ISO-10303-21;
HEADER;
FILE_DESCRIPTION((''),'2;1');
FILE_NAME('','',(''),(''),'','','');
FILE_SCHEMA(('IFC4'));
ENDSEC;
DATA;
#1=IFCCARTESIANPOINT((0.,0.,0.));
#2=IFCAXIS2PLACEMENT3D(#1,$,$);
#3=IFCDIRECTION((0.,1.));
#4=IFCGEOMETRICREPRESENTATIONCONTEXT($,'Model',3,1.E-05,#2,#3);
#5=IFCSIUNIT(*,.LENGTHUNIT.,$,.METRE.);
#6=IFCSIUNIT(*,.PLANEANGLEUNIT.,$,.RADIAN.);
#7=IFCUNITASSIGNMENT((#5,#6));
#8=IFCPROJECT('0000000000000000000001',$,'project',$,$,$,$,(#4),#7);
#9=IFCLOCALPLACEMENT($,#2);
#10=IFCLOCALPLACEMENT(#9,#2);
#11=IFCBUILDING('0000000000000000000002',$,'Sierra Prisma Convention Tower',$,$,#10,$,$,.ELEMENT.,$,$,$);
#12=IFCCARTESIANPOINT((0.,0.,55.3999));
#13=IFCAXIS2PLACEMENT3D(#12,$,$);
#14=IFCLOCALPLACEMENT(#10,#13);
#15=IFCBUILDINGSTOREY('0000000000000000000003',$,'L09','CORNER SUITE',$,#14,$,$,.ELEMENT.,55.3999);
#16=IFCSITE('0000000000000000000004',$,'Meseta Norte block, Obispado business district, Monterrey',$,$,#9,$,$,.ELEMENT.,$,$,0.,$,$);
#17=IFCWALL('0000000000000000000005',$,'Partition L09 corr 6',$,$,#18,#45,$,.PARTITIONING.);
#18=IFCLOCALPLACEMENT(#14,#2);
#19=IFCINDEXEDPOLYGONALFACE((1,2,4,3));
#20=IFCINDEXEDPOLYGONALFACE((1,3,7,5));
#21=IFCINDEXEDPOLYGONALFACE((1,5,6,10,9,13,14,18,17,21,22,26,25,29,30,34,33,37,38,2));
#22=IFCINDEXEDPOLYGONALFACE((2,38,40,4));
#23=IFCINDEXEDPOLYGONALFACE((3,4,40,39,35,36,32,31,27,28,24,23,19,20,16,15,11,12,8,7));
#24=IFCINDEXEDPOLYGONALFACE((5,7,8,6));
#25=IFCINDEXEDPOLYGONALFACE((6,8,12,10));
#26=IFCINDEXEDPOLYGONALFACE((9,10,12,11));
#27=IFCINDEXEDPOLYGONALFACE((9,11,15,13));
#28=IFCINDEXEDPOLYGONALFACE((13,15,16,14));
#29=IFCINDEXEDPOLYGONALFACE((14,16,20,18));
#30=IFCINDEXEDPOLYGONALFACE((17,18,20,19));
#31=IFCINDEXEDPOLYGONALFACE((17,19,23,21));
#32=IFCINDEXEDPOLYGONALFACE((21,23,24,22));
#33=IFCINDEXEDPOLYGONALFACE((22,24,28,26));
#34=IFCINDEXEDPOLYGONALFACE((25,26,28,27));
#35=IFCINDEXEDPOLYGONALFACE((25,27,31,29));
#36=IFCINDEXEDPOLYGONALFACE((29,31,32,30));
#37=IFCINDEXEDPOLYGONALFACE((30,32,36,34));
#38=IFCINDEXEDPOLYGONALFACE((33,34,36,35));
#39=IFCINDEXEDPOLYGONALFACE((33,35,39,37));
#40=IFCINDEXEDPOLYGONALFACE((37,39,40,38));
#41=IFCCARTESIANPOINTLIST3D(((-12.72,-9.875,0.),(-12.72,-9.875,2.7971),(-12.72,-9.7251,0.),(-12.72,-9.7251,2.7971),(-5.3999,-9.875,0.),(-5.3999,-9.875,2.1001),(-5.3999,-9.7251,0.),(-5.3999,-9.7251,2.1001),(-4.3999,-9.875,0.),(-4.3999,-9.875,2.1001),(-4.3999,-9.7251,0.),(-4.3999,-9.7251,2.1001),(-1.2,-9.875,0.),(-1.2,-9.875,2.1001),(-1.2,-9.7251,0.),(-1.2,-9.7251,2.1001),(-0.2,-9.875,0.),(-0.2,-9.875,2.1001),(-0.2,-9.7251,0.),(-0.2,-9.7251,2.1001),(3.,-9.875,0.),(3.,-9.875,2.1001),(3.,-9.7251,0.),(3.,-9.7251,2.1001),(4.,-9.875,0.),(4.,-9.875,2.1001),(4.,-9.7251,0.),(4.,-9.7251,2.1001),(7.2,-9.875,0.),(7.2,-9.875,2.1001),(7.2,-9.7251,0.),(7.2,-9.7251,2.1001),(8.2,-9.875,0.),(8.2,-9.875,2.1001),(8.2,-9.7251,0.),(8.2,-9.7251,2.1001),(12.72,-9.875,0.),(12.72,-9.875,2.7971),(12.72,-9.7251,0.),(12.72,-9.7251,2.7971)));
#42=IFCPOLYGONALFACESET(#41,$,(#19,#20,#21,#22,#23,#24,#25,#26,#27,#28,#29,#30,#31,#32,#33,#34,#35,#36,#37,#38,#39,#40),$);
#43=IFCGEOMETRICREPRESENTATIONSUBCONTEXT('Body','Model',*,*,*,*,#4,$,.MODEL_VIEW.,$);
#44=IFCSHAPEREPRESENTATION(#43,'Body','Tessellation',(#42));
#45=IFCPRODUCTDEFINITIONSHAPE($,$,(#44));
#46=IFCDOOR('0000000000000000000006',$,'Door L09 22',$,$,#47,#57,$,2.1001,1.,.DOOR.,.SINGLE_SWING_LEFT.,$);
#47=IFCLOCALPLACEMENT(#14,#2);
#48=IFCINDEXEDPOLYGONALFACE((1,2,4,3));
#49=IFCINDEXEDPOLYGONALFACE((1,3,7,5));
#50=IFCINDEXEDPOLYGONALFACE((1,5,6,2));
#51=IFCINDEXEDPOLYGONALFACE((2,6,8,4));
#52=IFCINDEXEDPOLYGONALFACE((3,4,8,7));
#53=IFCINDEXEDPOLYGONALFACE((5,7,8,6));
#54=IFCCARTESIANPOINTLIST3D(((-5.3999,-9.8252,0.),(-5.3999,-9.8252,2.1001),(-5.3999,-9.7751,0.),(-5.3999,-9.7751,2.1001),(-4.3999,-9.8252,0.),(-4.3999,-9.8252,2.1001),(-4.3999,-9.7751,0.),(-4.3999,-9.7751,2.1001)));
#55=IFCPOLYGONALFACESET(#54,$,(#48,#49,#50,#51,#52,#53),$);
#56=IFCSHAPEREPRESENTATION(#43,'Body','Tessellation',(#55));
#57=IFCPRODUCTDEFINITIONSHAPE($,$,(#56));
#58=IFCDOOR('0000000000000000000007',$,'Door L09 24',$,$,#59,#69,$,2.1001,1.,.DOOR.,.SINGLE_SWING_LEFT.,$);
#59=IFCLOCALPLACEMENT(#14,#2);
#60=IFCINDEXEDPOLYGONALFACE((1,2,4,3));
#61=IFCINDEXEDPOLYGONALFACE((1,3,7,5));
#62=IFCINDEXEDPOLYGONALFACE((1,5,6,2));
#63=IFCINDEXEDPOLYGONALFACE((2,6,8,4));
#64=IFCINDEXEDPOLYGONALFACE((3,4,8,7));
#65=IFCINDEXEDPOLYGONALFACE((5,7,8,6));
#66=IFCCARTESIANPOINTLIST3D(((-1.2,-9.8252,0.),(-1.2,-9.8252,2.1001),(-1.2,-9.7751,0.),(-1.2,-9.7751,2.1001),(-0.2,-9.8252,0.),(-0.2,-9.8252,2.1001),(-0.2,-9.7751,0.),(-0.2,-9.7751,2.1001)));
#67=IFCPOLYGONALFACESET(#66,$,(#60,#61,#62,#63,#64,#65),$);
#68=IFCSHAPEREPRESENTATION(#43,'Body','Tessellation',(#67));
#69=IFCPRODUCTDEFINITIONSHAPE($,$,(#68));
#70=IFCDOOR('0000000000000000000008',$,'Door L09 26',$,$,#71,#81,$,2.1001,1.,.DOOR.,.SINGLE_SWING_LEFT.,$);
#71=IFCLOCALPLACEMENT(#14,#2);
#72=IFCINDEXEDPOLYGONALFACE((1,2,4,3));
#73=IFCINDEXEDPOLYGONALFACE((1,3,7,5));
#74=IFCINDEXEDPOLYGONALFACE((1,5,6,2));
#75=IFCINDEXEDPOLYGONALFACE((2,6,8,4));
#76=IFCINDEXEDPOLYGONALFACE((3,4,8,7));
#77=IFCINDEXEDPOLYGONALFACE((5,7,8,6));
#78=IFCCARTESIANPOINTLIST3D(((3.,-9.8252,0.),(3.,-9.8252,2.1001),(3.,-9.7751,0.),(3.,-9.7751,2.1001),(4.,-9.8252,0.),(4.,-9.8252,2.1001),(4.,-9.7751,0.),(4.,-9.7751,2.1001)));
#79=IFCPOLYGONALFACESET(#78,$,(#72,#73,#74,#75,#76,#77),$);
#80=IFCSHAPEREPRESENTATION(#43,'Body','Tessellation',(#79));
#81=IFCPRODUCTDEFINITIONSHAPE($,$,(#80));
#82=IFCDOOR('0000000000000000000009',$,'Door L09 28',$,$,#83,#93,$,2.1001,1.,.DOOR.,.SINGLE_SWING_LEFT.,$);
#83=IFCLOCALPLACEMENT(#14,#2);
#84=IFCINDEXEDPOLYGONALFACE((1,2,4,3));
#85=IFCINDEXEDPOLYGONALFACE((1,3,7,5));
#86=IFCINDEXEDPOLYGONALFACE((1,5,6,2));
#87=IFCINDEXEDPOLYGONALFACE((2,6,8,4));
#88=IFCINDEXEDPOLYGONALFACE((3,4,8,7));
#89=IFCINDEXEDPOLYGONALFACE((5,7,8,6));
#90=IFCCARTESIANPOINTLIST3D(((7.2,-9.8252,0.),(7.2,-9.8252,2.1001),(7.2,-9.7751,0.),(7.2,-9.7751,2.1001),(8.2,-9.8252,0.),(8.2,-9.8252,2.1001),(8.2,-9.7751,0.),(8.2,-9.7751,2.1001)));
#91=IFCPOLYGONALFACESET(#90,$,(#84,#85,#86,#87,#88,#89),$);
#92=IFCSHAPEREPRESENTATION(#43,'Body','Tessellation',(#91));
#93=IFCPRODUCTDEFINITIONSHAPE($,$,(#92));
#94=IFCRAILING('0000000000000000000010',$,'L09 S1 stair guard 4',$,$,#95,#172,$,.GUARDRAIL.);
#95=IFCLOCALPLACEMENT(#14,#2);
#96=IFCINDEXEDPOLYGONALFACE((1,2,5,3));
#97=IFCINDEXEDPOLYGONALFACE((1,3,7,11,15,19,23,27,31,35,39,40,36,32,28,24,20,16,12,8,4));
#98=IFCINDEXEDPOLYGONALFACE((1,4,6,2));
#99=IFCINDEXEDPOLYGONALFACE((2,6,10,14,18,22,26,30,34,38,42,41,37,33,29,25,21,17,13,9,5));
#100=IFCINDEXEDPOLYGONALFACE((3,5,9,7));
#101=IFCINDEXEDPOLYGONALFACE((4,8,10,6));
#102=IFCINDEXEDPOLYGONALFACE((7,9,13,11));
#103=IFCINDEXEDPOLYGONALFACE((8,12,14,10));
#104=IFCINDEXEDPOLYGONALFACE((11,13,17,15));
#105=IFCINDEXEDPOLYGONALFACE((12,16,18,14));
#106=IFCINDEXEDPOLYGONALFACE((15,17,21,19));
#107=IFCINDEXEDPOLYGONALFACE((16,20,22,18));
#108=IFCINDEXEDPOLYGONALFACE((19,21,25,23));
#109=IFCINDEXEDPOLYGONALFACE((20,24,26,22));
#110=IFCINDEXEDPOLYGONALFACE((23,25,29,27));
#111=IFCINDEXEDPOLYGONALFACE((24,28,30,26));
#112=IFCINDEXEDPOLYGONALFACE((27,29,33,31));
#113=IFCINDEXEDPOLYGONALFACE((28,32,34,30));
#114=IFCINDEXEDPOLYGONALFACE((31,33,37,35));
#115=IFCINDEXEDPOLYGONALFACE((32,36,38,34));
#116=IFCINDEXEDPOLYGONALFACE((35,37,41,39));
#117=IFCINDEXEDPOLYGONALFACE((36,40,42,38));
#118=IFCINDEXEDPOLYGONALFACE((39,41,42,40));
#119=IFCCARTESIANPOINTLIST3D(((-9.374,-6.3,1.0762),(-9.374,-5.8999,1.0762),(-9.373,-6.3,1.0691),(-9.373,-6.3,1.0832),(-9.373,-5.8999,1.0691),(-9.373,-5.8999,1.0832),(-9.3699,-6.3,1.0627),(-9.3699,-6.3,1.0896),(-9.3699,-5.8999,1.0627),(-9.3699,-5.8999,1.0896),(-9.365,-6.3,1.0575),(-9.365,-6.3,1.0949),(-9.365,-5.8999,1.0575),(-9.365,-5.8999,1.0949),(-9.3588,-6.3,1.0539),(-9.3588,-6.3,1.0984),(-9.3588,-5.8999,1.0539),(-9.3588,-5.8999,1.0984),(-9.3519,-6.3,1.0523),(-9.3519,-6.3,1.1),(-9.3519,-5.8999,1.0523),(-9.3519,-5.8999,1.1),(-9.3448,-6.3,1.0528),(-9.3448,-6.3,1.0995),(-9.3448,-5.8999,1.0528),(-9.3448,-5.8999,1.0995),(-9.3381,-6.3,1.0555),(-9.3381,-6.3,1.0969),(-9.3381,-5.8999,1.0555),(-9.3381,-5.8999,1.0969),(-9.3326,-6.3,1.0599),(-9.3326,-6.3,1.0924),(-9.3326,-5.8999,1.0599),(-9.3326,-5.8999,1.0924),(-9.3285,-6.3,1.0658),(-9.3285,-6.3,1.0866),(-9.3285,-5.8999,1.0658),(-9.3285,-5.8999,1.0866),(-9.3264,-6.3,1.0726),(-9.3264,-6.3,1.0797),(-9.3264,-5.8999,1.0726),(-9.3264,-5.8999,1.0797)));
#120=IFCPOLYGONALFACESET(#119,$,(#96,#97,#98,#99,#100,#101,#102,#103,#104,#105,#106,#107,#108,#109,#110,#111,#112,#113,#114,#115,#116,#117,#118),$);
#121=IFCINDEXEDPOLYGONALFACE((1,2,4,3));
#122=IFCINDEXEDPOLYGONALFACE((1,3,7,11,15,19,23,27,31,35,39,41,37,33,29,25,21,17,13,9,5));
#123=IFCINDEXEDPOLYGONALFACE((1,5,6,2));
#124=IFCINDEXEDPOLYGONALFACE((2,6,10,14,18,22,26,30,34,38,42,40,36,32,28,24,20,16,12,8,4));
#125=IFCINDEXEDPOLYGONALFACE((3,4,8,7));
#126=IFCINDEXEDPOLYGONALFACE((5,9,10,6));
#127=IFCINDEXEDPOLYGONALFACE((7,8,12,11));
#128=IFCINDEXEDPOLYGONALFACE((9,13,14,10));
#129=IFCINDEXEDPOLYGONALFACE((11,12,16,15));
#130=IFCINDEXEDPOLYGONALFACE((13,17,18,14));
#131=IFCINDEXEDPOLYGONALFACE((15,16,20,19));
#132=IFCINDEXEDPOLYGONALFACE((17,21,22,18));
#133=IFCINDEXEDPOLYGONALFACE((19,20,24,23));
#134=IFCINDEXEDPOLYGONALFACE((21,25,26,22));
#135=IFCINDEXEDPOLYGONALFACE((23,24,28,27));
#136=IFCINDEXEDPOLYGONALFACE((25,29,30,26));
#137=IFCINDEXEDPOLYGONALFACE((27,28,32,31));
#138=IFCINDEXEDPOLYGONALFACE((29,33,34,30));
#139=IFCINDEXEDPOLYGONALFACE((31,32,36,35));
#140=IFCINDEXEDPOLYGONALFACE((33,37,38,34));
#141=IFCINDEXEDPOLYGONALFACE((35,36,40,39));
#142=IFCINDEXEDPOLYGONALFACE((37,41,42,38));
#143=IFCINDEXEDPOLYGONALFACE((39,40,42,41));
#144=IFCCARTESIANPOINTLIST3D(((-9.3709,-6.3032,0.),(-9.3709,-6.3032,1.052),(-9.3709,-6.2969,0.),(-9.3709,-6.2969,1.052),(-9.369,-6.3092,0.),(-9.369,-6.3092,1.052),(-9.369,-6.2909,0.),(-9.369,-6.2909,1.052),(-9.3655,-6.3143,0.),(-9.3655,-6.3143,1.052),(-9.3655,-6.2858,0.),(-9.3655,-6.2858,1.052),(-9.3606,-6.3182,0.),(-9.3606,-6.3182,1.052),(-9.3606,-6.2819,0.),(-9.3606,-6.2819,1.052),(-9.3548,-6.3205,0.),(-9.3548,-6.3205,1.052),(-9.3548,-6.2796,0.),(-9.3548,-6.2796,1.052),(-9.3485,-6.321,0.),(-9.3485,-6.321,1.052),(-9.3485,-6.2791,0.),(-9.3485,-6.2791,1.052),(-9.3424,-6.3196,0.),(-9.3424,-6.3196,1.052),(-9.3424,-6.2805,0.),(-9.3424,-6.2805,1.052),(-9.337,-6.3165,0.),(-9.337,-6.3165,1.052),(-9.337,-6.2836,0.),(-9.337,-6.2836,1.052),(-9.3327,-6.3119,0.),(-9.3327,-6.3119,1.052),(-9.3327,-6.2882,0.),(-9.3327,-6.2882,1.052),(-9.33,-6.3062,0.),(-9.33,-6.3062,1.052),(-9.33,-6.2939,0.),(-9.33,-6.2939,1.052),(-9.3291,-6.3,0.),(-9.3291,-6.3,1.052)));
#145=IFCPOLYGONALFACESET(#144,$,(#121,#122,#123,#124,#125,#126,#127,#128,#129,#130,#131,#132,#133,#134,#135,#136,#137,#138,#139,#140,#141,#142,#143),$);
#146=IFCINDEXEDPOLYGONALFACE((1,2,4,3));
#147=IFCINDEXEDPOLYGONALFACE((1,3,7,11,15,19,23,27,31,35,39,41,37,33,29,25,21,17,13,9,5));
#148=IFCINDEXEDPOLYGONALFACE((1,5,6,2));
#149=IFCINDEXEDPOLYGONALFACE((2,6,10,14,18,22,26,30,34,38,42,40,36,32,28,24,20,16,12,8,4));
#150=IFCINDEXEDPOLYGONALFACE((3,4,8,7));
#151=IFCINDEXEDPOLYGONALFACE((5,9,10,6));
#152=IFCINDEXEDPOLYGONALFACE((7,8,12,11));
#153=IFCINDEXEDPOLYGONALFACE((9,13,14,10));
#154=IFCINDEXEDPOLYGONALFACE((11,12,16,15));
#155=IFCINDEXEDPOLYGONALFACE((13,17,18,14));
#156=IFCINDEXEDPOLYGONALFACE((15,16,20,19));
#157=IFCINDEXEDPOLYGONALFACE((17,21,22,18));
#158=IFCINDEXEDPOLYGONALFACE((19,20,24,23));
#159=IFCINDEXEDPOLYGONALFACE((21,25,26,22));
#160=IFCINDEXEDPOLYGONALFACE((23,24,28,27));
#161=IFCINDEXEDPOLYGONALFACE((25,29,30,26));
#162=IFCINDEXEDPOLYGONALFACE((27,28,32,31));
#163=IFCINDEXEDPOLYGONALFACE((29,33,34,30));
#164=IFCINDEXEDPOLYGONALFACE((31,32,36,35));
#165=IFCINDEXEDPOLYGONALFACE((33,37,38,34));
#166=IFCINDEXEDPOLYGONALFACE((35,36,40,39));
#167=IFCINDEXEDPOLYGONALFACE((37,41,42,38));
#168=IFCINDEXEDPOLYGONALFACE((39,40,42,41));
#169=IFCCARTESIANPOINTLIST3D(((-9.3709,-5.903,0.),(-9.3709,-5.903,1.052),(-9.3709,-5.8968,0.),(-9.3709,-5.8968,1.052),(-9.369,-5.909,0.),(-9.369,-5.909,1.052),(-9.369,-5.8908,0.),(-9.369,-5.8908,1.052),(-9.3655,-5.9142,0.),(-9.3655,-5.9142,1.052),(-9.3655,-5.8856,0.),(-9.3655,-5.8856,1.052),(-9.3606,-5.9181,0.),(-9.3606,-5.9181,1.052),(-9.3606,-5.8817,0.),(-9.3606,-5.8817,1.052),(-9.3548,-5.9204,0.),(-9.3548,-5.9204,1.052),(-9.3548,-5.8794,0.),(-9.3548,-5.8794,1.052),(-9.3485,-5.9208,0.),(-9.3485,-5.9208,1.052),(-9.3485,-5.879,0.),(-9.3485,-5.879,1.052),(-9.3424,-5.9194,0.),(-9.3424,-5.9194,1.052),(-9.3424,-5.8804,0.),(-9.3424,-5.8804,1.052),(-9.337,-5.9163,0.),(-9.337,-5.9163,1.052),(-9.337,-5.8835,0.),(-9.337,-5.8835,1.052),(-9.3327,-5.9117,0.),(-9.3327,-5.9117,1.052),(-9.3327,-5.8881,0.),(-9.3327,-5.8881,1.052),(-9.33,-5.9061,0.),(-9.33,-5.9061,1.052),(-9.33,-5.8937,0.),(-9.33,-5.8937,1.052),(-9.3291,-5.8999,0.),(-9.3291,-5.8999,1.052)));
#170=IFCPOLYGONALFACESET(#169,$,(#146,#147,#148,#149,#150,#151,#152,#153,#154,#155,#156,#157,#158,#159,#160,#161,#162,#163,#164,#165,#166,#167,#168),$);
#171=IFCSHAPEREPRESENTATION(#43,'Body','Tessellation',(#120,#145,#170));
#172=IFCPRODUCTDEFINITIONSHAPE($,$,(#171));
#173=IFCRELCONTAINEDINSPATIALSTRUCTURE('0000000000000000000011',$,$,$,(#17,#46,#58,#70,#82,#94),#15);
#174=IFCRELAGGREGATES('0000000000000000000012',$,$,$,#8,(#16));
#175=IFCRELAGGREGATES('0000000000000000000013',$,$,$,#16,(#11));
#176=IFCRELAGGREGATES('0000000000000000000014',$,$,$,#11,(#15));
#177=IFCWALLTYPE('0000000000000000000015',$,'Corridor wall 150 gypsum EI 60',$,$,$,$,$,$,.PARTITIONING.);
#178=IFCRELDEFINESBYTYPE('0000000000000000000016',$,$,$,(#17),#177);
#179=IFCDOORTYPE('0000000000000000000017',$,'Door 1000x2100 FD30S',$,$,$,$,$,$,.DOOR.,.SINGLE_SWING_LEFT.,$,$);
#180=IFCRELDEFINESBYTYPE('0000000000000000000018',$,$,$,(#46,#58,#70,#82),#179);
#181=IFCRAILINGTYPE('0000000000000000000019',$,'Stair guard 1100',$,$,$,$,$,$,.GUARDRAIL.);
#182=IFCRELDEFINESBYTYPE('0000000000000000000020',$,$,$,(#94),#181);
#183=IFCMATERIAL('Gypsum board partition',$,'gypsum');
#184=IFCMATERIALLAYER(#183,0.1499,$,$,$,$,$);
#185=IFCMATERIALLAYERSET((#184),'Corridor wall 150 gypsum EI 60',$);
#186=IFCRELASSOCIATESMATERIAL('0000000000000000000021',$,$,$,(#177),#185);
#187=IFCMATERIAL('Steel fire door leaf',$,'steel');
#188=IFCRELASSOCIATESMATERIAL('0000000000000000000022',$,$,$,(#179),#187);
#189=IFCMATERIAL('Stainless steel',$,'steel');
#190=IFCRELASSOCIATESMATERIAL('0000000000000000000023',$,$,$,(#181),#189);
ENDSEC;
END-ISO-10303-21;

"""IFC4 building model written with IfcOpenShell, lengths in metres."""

from ifc_helpers import new_model, si_unit, direction, frame, frame_2d, origin, origin_2d, place, context, subcontext, project, spatial, rectangle, circle, extrude, material, layer, layer_set, type_object, element, fill, save


model = new_model("IFC4")

# Units and contexts
model_context = context("Model", 3, precision=1e-05, world=origin(), true_north=direction((0.0, 1.0)))
body_context = subcontext(model_context, "Body", "Model", "MODEL_VIEW")
ifc_project = project(units=[si_unit("LENGTHUNIT", "METRE"), si_unit("PLANEANGLEUNIT", "RADIAN")], contexts=[model_context])

# Site, building, storey
site_placement = place(None, origin())
site = spatial("IfcSite", under=ifc_project, at=site_placement, Name="Meseta Norte block, Obispado business district, Monterrey", CompositionType="ELEMENT", RefElevation=0.0)
building_placement = place(site_placement, origin())
building = spatial("IfcBuilding", under=site, at=building_placement, Name="Sierra Prisma Convention Tower", CompositionType="ELEMENT")
storey_placement = place(building_placement, frame((0.0, 0.0, 55.3999)))
storey = spatial("IfcBuildingStorey", under=building, at=storey_placement, Name="L09", Description="CORNER SUITE", CompositionType="ELEMENT", Elevation=55.3999)

# Shared definitions
ifc_material_1 = material(Name="Gypsum board partition", Category="gypsum")
ifc_layer_1 = layer(ifc_material_1, 0.1499)
ifc_layer_set_1 = layer_set([ifc_layer_1], Name="Corridor wall 150 gypsum EI 60")
wall_type_1 = type_object("IfcWallType", Name="Corridor wall 150 gypsum EI 60", PredefinedType="PARTITIONING", material=ifc_layer_set_1)
ifc_material_2 = material(Name="Steel fire door leaf", Category="steel")
door_type_1 = type_object("IfcDoorType", Name="Door 1000x2100 FD30S", OperationType="SINGLE_SWING_LEFT", PredefinedType="DOOR", material=ifc_material_2)

# Wall, openings, doors
wall_1_placement = place(storey_placement, frame((-12.72, -9.8, 0.0), z_axis=(0.0, 0.0, 1.0), x_axis=(1.0, 0.0, 0.0)))
wall_1 = element("IfcWall", 1, at=wall_1_placement, inside=storey, type_object=wall_type_1, Name="Partition L09 corr 6", PredefinedType="PARTITIONING", context=body_context, shape_type="SweptSolid", body=[
    extrude(rectangle(XDim=25.4399, YDim=0.1499, at=frame_2d((12.72, 0.0))), origin(), (0.0, 0.0, 1.0), 2.7971),
])
opening_1_placement = place(wall_1_placement, frame((7.3201, 0.0, 0.0)))
opening_1 = element("IfcOpeningElement", 2, at=opening_1_placement, cuts=wall_1, PredefinedType="OPENING", context=body_context, shape_type="SweptSolid", body=[
    extrude(rectangle(XDim=1.0, YDim=2.1001, at=frame_2d((0.5, 1.05))), frame((0.0, 0.075, 0.0), z_axis=(0.0, -1.0, 0.0), x_axis=(1.0, 0.0, 0.0)), (0.0, 0.0, 1.0), 0.1499),
])
opening_2_placement = place(wall_1_placement, frame((11.52, 0.0, 0.0)))
opening_2 = element("IfcOpeningElement", 3, at=opening_2_placement, cuts=wall_1, PredefinedType="OPENING", context=body_context, shape_type="SweptSolid", body=[
    extrude(rectangle(XDim=1.0, YDim=2.1001, at=frame_2d((0.5, 1.05))), frame((0.0, 0.075, 0.0), z_axis=(0.0, -1.0, 0.0), x_axis=(1.0, 0.0, 0.0)), (0.0, 0.0, 1.0), 0.1499),
])
opening_3_placement = place(wall_1_placement, frame((15.72, 0.0, 0.0)))
opening_3 = element("IfcOpeningElement", 4, at=opening_3_placement, cuts=wall_1, PredefinedType="OPENING", context=body_context, shape_type="SweptSolid", body=[
    extrude(rectangle(XDim=1.0, YDim=2.1001, at=frame_2d((0.5, 1.05))), frame((0.0, 0.075, 0.0), z_axis=(0.0, -1.0, 0.0), x_axis=(1.0, 0.0, 0.0)), (0.0, 0.0, 1.0), 0.1499),
])
opening_4_placement = place(wall_1_placement, frame((19.9199, 0.0, 0.0)))
opening_4 = element("IfcOpeningElement", 5, at=opening_4_placement, cuts=wall_1, PredefinedType="OPENING", context=body_context, shape_type="SweptSolid", body=[
    extrude(rectangle(XDim=1.0, YDim=2.1001, at=frame_2d((0.5, 1.05))), frame((0.0, 0.075, 0.0), z_axis=(0.0, -1.0, 0.0), x_axis=(1.0, 0.0, 0.0)), (0.0, 0.0, 1.0), 0.1499),
])
door_1_placement = place(opening_1_placement, origin())
door_1 = element("IfcDoor", 6, at=door_1_placement, inside=storey, type_object=door_type_1, Name="Door L09 22", OperationType="SINGLE_SWING_LEFT", OverallHeight=2.1001, OverallWidth=1.0, PredefinedType="DOOR", context=body_context, shape_type="SweptSolid", body=[
    extrude(rectangle(XDim=1.0, YDim=2.1001, at=frame_2d((0.5, 1.05))), frame((0.0, 0.0249, 0.0), z_axis=(0.0, -1.0, 0.0), x_axis=(1.0, 0.0, 0.0)), (0.0, 0.0, 1.0), 0.05),
])
fill(opening_1, door_1)
door_2_placement = place(opening_2_placement, origin())
door_2 = element("IfcDoor", 7, at=door_2_placement, inside=storey, type_object=door_type_1, Name="Door L09 24", OperationType="SINGLE_SWING_LEFT", OverallHeight=2.1001, OverallWidth=1.0, PredefinedType="DOOR", context=body_context, shape_type="SweptSolid", body=[
    extrude(rectangle(XDim=1.0, YDim=2.1001, at=frame_2d((0.5, 1.05))), frame((0.0, 0.0249, 0.0), z_axis=(0.0, -1.0, 0.0), x_axis=(1.0, 0.0, 0.0)), (0.0, 0.0, 1.0), 0.05),
])
fill(opening_2, door_2)
door_3_placement = place(opening_3_placement, origin())
door_3 = element("IfcDoor", 8, at=door_3_placement, inside=storey, type_object=door_type_1, Name="Door L09 26", OperationType="SINGLE_SWING_LEFT", OverallHeight=2.1001, OverallWidth=1.0, PredefinedType="DOOR", context=body_context, shape_type="SweptSolid", body=[
    extrude(rectangle(XDim=1.0, YDim=2.1001, at=frame_2d((0.5, 1.05))), frame((0.0, 0.0249, 0.0), z_axis=(0.0, -1.0, 0.0), x_axis=(1.0, 0.0, 0.0)), (0.0, 0.0, 1.0), 0.05),
])
fill(opening_3, door_3)
door_4_placement = place(opening_4_placement, origin())
door_4 = element("IfcDoor", 9, at=door_4_placement, inside=storey, type_object=door_type_1, Name="Door L09 28", OperationType="SINGLE_SWING_LEFT", OverallHeight=2.1001, OverallWidth=1.0, PredefinedType="DOOR", context=body_context, shape_type="SweptSolid", body=[
    extrude(rectangle(XDim=1.0, YDim=2.1001, at=frame_2d((0.5, 1.05))), frame((0.0, 0.0249, 0.0), z_axis=(0.0, -1.0, 0.0), x_axis=(1.0, 0.0, 0.0)), (0.0, 0.0, 1.0), 0.05),
])
fill(opening_4, door_4)

# Railing
ifc_material_3 = material(Name="Stainless steel", Category="steel")
railing_type = type_object("IfcRailingType", Name="Stair guard 1100", PredefinedType="GUARDRAIL", material=ifc_material_3)
railing_placement = place(storey_placement, frame((-9.3501, -6.3, 0.0)))
element("IfcRailing", 10, at=railing_placement, inside=storey, type_object=railing_type, Name="L09 S1 stair guard 4", PredefinedType="GUARDRAIL", context=body_context, shape_type="SweptSolid", body=[
    extrude(circle(Radius=0.0239, at=origin_2d()), frame((0.0, 0.0, 1.0762), z_axis=(0.0, 1.0, 0.0), x_axis=(-1.0, 0.0, 0.0)), (0.0, 0.0, 1.0), 0.4001),
    extrude(circle(Radius=0.021, at=origin_2d()), origin(), (0.0, 0.0, 1.0), 1.052),
    extrude(circle(Radius=0.021, at=origin_2d()), frame((0.0, 0.4001, 0.0)), (0.0, 0.0, 1.0), 1.052),
])

save(model, "model.ifc")
